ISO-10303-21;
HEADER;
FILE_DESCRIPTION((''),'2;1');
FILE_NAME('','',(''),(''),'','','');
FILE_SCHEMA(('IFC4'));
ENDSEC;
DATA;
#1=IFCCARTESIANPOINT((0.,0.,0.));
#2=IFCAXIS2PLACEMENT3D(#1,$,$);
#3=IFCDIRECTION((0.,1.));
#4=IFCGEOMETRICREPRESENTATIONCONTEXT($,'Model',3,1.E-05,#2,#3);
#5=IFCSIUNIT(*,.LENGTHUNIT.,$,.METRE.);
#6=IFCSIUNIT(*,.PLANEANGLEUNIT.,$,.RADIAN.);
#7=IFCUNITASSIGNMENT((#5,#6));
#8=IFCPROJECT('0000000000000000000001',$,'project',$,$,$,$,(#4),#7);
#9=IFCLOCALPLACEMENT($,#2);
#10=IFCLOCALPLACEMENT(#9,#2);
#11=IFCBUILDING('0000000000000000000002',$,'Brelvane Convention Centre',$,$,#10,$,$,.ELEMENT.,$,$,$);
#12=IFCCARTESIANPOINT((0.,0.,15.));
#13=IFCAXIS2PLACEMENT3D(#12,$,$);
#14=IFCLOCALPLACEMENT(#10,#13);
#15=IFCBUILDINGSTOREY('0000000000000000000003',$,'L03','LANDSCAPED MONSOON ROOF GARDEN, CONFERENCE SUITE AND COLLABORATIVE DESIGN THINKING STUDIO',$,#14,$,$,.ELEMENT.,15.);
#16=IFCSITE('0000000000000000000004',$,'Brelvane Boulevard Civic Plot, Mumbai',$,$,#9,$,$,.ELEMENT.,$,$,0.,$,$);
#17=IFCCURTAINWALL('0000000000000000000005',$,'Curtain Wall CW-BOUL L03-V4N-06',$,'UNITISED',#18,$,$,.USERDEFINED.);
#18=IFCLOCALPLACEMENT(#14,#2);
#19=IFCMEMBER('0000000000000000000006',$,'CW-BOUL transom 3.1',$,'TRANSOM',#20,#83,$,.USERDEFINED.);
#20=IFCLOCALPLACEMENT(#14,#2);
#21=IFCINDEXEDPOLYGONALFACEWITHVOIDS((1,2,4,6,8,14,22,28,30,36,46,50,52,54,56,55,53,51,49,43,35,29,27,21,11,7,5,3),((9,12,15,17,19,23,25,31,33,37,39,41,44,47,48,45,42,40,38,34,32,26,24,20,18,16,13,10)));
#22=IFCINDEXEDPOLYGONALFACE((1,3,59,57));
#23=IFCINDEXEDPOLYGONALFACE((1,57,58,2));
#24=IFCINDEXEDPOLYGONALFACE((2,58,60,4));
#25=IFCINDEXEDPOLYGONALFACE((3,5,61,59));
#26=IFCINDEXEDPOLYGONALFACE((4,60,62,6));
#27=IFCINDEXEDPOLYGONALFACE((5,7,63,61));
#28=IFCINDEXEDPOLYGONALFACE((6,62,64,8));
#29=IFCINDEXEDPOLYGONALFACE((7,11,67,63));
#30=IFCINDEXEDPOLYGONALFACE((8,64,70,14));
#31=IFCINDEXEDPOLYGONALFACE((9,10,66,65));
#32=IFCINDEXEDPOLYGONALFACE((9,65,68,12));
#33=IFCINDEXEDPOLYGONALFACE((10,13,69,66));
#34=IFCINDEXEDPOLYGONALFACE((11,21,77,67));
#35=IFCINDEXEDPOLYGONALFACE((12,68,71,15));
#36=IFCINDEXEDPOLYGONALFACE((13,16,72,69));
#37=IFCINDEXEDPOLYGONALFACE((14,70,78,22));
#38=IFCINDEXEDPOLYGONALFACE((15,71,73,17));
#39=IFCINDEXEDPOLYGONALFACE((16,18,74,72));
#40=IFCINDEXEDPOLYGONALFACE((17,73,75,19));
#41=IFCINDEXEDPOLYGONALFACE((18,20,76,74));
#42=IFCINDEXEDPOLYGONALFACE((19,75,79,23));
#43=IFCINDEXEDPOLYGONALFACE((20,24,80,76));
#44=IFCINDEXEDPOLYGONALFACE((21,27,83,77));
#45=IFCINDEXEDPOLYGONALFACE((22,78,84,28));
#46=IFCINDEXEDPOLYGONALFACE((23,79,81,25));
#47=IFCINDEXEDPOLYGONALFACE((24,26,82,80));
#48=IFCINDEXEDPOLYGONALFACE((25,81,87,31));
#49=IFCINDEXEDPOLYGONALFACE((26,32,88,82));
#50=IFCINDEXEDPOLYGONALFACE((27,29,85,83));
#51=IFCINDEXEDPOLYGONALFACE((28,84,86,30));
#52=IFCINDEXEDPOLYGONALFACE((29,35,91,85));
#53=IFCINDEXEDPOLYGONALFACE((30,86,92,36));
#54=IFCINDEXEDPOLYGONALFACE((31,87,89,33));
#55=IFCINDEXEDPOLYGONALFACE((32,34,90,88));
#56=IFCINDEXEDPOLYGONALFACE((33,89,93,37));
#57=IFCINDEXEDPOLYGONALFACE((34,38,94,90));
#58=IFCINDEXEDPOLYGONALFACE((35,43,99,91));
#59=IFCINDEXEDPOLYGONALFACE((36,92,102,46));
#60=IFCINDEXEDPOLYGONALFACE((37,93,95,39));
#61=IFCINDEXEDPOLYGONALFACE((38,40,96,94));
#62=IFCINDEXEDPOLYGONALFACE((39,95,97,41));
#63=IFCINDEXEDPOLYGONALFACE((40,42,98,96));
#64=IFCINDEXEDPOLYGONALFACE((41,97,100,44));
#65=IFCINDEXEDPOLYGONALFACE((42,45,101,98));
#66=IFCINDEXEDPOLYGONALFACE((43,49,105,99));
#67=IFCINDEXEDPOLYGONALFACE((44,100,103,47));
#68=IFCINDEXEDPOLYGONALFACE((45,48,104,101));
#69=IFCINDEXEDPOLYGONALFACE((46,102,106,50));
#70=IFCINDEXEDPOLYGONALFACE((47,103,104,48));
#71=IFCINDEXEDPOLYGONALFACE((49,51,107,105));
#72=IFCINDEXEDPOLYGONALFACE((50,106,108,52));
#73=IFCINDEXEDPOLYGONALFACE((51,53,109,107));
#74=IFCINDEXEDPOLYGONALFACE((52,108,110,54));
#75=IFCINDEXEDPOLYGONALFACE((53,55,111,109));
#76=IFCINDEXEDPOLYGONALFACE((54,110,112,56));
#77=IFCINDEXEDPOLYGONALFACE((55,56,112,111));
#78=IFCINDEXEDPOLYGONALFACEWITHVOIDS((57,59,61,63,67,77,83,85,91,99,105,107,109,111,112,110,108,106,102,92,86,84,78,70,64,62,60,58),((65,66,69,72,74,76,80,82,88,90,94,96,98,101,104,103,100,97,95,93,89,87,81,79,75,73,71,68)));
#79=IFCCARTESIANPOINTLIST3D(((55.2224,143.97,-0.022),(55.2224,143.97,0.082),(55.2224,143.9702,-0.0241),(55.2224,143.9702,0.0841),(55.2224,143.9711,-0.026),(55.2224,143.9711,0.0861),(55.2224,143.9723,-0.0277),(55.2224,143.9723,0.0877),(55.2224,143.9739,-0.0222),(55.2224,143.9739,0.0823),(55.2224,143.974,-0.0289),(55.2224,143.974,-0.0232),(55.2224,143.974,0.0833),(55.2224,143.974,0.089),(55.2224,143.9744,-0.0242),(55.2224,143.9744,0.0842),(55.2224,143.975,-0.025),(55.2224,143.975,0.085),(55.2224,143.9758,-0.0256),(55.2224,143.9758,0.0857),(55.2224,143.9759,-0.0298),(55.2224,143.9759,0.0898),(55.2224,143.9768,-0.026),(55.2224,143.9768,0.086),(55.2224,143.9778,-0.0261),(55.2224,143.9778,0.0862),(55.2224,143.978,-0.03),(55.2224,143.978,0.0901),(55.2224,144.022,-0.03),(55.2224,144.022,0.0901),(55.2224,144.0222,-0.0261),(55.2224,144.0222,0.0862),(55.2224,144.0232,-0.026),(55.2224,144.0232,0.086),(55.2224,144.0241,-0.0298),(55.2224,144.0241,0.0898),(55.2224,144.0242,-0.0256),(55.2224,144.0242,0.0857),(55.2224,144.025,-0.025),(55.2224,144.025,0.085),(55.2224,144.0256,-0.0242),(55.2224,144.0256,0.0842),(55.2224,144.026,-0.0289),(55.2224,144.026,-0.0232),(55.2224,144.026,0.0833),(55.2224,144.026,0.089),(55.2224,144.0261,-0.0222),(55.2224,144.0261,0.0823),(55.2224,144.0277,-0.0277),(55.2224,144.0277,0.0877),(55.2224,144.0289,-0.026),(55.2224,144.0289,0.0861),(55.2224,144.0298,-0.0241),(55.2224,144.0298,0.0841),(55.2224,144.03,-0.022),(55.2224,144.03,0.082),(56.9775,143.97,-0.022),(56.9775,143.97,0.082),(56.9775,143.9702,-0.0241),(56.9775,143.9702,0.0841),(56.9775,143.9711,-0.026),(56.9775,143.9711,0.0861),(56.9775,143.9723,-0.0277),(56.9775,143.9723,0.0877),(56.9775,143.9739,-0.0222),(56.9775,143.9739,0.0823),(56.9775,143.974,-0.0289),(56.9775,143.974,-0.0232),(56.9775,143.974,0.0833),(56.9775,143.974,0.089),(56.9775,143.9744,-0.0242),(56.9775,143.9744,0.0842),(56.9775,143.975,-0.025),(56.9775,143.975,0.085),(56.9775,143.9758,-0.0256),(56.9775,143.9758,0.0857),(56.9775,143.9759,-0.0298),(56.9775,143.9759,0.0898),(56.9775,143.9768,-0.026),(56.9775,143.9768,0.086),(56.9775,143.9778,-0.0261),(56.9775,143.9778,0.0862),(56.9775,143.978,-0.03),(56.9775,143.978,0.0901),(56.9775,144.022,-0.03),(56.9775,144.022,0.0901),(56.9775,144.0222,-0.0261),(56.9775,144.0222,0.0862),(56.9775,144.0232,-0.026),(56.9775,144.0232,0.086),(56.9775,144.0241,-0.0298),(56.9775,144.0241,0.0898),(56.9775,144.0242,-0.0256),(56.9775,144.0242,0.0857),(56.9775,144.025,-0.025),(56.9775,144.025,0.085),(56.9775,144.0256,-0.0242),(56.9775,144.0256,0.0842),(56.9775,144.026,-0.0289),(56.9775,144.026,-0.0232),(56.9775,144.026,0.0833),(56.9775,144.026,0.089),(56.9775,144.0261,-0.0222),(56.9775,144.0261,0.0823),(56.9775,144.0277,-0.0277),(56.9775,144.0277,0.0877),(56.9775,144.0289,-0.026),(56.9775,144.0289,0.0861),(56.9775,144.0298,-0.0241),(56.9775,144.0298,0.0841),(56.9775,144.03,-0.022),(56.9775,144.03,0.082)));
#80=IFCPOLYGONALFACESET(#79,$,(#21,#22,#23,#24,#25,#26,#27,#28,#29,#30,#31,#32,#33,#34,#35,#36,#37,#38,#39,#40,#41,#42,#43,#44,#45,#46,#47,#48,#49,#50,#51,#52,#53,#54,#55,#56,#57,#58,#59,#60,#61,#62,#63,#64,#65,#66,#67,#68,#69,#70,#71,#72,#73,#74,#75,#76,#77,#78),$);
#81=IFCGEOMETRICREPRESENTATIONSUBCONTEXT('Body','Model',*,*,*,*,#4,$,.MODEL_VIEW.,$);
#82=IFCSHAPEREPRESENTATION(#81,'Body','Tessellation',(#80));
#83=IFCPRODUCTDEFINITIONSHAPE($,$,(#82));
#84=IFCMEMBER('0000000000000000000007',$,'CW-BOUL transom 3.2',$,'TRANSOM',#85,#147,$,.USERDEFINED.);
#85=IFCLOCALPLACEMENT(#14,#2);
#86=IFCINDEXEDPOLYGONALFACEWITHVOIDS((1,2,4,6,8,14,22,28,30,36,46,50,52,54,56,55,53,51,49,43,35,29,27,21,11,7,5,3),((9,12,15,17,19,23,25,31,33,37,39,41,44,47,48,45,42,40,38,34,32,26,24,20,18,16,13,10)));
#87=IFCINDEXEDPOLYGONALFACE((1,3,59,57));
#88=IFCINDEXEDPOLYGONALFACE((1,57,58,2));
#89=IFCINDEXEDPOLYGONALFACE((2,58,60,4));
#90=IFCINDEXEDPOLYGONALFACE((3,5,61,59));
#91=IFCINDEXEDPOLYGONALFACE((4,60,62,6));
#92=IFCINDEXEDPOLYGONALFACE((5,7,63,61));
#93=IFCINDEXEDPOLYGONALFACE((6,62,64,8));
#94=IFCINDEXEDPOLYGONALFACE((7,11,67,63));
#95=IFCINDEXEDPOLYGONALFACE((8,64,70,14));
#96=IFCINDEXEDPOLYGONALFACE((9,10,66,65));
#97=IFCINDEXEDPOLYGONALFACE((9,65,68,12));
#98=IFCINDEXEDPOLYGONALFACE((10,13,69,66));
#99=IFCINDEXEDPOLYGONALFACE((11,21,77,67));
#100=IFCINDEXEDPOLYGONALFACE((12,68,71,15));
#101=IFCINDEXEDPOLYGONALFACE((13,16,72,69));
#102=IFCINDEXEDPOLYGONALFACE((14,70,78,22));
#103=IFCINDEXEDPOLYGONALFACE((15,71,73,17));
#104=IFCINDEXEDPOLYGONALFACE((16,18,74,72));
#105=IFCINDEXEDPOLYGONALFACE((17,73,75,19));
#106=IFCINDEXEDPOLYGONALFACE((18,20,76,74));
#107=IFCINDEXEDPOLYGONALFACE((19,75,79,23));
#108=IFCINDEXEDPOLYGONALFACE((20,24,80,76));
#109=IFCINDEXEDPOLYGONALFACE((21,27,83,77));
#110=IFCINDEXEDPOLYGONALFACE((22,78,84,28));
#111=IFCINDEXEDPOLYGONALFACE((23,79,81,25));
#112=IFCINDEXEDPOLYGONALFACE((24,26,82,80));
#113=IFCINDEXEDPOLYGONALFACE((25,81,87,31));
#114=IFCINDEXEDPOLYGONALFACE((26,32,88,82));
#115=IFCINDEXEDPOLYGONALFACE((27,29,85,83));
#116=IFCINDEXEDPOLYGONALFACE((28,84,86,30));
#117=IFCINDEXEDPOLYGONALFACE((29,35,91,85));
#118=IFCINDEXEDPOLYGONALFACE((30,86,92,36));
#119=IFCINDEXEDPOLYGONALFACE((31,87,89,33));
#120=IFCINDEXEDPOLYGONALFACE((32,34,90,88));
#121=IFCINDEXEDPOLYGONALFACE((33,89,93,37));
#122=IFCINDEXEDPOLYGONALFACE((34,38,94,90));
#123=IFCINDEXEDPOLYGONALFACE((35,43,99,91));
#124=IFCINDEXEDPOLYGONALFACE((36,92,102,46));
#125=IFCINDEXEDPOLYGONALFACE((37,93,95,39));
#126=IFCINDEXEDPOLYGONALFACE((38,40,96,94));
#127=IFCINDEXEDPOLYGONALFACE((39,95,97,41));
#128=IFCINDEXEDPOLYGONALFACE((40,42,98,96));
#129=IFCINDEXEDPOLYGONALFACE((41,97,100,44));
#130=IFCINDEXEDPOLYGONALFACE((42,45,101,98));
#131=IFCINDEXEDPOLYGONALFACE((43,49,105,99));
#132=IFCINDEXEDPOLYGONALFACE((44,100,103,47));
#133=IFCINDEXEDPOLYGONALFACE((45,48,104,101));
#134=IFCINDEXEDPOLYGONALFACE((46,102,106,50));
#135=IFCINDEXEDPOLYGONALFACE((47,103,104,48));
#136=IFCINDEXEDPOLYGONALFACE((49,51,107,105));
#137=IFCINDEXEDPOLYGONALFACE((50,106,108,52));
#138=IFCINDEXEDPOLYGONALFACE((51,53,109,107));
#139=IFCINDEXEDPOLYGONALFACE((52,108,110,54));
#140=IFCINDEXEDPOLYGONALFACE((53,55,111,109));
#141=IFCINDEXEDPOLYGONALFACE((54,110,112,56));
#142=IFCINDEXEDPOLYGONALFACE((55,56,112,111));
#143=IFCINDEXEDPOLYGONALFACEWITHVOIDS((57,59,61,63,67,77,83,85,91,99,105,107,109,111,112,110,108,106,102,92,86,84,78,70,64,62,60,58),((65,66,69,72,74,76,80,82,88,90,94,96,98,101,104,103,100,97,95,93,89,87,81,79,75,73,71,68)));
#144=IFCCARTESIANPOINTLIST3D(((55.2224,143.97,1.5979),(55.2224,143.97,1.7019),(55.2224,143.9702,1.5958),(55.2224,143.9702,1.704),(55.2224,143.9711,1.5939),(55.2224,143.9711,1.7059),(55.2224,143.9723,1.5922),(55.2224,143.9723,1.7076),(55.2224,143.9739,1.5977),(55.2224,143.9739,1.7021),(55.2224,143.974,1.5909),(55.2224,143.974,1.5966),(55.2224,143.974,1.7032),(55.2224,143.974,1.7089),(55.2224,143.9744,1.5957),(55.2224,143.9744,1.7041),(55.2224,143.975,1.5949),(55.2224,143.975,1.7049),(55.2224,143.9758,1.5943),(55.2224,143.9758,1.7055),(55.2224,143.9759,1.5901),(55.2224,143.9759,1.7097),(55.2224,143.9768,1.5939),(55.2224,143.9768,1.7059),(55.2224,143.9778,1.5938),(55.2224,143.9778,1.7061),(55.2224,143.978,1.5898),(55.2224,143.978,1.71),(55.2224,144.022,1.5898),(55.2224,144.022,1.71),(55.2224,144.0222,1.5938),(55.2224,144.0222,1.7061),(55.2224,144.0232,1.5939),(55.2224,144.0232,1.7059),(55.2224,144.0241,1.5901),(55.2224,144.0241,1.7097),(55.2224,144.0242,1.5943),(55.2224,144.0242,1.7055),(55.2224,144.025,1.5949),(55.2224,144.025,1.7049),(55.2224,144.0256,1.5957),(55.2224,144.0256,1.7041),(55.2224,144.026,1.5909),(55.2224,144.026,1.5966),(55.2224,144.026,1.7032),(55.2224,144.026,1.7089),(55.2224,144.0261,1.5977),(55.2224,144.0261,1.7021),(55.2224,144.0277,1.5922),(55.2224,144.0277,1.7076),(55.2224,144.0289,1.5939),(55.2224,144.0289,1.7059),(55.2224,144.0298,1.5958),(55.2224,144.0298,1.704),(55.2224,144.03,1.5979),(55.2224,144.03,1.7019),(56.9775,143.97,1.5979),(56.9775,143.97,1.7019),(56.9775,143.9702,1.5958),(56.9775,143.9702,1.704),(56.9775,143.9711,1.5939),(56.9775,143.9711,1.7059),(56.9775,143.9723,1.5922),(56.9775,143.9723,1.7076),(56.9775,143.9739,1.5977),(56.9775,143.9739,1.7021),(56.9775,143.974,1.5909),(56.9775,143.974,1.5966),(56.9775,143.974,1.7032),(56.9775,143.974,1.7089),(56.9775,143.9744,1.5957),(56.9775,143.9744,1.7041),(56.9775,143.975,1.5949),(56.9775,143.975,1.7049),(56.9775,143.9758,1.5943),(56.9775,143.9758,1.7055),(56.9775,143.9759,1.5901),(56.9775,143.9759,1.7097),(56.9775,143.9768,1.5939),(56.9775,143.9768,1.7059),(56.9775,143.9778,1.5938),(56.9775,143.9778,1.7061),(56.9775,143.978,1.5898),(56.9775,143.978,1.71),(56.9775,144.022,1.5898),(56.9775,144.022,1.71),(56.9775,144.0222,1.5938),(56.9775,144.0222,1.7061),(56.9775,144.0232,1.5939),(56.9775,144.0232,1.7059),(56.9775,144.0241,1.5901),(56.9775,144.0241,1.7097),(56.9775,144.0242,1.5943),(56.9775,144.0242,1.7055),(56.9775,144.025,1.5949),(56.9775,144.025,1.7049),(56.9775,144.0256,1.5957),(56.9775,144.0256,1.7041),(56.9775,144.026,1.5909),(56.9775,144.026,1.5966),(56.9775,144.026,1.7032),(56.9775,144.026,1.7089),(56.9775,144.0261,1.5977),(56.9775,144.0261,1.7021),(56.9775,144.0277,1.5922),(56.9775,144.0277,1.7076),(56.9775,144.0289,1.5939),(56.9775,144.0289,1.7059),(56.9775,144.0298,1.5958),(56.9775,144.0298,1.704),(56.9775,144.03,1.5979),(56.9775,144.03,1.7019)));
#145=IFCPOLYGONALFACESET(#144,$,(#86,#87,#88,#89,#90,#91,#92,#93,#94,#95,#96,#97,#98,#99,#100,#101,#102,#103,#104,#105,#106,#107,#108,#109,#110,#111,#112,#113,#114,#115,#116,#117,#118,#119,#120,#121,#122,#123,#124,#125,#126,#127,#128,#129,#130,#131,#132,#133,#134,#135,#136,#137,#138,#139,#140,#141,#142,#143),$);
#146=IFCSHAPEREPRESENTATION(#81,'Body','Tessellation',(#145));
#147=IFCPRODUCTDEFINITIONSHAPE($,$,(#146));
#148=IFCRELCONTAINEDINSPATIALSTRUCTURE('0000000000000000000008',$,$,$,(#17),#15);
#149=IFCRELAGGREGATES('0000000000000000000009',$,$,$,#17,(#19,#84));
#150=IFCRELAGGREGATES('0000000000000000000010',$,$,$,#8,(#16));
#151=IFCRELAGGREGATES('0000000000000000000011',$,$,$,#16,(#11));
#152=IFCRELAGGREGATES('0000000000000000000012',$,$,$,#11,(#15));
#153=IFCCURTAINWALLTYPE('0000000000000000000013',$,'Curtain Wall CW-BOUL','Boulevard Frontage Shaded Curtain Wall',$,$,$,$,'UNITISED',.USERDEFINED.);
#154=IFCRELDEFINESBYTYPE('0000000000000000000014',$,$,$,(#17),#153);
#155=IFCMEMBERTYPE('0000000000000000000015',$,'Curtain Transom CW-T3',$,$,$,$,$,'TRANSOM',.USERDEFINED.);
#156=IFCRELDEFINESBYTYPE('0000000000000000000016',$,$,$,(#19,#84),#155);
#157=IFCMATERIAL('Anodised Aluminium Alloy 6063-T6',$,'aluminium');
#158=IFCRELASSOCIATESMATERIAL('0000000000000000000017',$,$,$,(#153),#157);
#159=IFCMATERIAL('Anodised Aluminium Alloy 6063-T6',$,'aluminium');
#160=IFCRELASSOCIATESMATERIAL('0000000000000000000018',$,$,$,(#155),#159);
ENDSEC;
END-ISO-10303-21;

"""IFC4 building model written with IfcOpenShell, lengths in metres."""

from ifc_helpers import new_model, si_unit, direction, frame, origin, origin_2d, place, context, subcontext, project, spatial, hollow_rectangle, extrude, material, material_profile, profile_set, type_object, element, aggregate, save


model = new_model("IFC4")

# Units and contexts
model_context = context("Model", 3, precision=1e-05, world=origin(), true_north=direction((0.0, 1.0)))
body_context = subcontext(model_context, "Body", "Model", "MODEL_VIEW")
ifc_project = project(units=[si_unit("LENGTHUNIT", "METRE"), si_unit("PLANEANGLEUNIT", "RADIAN")], contexts=[model_context])

# Site, building, storey
site_placement = place(None, origin())
site = spatial("IfcSite", under=ifc_project, at=site_placement, Name="Brelvane Boulevard Civic Plot, Mumbai", CompositionType="ELEMENT", RefElevation=0.0)
building_placement = place(site_placement, origin())
building = spatial("IfcBuilding", under=site, at=building_placement, Name="Brelvane Convention Centre", CompositionType="ELEMENT")
storey_placement = place(building_placement, frame((0.0, 0.0, 15.0)))
storey = spatial("IfcBuildingStorey", under=building, at=storey_placement, Name="L03", Description="LANDSCAPED MONSOON ROOF GARDEN, CONFERENCE SUITE AND COLLABORATIVE DESIGN THINKING STUDIO", CompositionType="ELEMENT", Elevation=15.0)

# Curtain wall, members
ifc_material_1 = material(Name="Anodised Aluminium Alloy 6063-T6", Category="aluminium")
curtain_wall_type = type_object("IfcCurtainWallType", Name="Curtain Wall CW-BOUL", Description="Boulevard Frontage Shaded Curtain Wall", ElementType="UNITISED", PredefinedType="USERDEFINED", material=ifc_material_1)
curtain_wall_placement = place(storey_placement, origin())
curtain_wall = element("IfcCurtainWall", 1, at=curtain_wall_placement, inside=storey, type_object=curtain_wall_type, Name="Curtain Wall CW-BOUL L03-V4N-06", ObjectType="UNITISED", PredefinedType="USERDEFINED")
ifc_material_2 = material(Name="Anodised Aluminium Alloy 6063-T6", Category="aluminium")
ifc_material_profile_1 = material_profile(ifc_material_2, hollow_rectangle(XDim=0.0601, YDim=0.1201, WallThickness=0.0039, InnerFilletRadius=0.0039, OuterFilletRadius=0.0081, at=origin_2d()), Name="ALU-T 120x60x4.0")
ifc_profile_set_1 = profile_set([ifc_material_profile_1], Name="Anodised Aluminium Alloy 6063-T6")
member_type_1 = type_object("IfcMemberType", Name="Curtain Transom CW-T3", ElementType="TRANSOM", PredefinedType="USERDEFINED", material=ifc_profile_set_1)
member_1_placement = place(storey_placement, frame((55.2224, 144.0, 0.03), z_axis=(1.0, 0.0, 0.0), x_axis=(0.0, 1.0, 0.0)))
member_1 = element("IfcMember", 2, at=member_1_placement, type_object=member_type_1, Name="CW-BOUL transom 3.1", ObjectType="TRANSOM", PredefinedType="USERDEFINED", context=body_context, shape_type="SweptSolid", body=[
    extrude(hollow_rectangle(XDim=0.0601, YDim=0.1201, WallThickness=0.0039, InnerFilletRadius=0.0039, OuterFilletRadius=0.0081, at=origin_2d()), origin(), (0.0, 0.0, 1.0), 1.7551),
])
member_2_placement = place(storey_placement, frame((55.2224, 144.0, 1.6499), z_axis=(1.0, 0.0, 0.0), x_axis=(0.0, 1.0, 0.0)))
member_2 = element("IfcMember", 3, at=member_2_placement, type_object=member_type_1, Name="CW-BOUL transom 3.2", ObjectType="TRANSOM", PredefinedType="USERDEFINED", context=body_context, shape_type="SweptSolid", body=[
    extrude(hollow_rectangle(XDim=0.0601, YDim=0.1201, WallThickness=0.0039, InnerFilletRadius=0.0039, OuterFilletRadius=0.0081, at=origin_2d()), origin(), (0.0, 0.0, 1.0), 1.7551),
])

aggregate(curtain_wall, [member_1, member_2])

save(model, "model.ifc")
